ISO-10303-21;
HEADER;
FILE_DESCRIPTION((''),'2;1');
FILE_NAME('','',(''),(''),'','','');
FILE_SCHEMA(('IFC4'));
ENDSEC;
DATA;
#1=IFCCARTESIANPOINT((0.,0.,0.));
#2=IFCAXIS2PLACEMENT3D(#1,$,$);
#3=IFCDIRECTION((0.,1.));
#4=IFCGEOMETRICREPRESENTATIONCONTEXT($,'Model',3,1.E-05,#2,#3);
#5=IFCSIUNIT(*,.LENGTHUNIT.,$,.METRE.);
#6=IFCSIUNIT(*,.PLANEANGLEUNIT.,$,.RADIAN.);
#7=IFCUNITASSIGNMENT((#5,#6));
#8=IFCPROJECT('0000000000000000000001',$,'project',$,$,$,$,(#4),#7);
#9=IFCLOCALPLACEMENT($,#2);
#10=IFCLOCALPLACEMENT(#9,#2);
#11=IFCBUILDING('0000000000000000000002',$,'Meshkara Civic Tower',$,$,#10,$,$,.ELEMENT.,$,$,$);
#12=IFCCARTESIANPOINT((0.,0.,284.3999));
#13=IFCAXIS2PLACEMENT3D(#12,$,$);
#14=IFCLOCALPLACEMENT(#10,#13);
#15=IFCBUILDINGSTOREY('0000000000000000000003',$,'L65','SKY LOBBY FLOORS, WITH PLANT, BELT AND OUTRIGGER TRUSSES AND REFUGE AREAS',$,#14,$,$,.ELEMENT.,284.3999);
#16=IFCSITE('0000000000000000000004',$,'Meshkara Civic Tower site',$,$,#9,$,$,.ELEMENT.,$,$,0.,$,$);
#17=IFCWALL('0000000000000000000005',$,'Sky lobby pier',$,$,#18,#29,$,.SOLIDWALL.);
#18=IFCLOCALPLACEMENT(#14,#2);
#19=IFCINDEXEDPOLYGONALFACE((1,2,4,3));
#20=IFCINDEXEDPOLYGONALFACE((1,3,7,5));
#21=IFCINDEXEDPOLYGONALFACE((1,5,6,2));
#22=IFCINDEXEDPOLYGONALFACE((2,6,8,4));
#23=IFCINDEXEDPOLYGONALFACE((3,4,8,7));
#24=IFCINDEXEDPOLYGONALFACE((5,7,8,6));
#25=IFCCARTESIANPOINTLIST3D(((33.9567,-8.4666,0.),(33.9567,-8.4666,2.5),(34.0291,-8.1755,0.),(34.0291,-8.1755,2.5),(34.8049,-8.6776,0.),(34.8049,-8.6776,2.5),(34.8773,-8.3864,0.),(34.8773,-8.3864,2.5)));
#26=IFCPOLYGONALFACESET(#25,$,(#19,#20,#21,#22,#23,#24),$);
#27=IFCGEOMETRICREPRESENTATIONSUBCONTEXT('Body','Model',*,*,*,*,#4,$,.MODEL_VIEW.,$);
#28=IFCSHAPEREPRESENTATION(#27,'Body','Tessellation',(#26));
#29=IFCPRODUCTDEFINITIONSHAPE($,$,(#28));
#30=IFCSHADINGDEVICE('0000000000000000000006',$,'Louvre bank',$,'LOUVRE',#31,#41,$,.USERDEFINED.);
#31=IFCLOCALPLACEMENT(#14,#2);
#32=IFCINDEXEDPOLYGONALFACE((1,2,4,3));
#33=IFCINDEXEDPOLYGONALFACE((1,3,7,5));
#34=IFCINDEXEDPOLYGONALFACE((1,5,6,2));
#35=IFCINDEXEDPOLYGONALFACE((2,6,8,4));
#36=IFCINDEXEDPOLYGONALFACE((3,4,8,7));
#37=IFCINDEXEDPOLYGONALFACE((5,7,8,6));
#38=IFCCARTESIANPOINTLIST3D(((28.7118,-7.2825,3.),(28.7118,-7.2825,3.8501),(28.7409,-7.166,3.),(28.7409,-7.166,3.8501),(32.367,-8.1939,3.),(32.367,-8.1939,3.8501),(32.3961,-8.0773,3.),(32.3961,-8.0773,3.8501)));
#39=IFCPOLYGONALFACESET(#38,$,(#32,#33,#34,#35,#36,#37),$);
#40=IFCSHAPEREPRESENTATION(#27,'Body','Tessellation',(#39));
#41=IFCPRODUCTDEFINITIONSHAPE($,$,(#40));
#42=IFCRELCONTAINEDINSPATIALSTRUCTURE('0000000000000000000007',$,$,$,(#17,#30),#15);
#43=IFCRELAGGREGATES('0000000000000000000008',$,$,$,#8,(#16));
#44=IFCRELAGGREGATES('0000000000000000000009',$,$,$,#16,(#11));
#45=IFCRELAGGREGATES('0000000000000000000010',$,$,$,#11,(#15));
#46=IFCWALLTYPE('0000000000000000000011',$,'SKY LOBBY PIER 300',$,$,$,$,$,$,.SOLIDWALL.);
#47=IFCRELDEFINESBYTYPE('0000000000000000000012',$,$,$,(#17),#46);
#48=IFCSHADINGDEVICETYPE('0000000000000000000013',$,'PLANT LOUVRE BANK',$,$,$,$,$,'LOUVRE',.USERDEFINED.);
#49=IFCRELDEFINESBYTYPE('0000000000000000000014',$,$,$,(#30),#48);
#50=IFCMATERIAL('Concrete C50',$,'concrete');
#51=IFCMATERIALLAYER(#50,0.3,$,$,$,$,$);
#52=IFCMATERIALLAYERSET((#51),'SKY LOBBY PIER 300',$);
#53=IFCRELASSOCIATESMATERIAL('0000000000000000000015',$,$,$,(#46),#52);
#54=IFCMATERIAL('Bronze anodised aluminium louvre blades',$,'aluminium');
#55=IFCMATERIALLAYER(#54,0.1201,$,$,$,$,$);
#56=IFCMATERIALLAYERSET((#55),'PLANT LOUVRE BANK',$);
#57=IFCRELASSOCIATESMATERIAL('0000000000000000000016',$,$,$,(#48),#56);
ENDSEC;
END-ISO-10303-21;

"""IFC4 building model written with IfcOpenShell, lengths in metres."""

from ifc_helpers import new_model, si_unit, direction, frame, frame_2d, origin, origin_2d, place, context, subcontext, project, spatial, rectangle, extrude, material, layer, layer_set, type_object, element, save


model = new_model("IFC4")

# Units and contexts
model_context = context("Model", 3, precision=1e-05, world=origin(), true_north=direction((0.0, 1.0)))
body_context = subcontext(model_context, "Body", "Model", "MODEL_VIEW")
ifc_project = project(units=[si_unit("LENGTHUNIT", "METRE"), si_unit("PLANEANGLEUNIT", "RADIAN")], contexts=[model_context])

# Site, building, storey
site_placement = place(None, origin())
site = spatial("IfcSite", under=ifc_project, at=site_placement, Name="Meshkara Civic Tower site", CompositionType="ELEMENT", RefElevation=0.0)
building_placement = place(site_placement, origin())
building = spatial("IfcBuilding", under=site, at=building_placement, Name="Meshkara Civic Tower", CompositionType="ELEMENT")
storey_placement = place(building_placement, frame((0.0, 0.0, 284.3999)))
storey = spatial("IfcBuildingStorey", under=building, at=storey_placement, Name="L65", Description="SKY LOBBY FLOORS, WITH PLANT, BELT AND OUTRIGGER TRUSSES AND REFUGE AREAS", CompositionType="ELEMENT", Elevation=284.3999)

# Wall
ifc_material_1 = material(Name="Concrete C50", Category="concrete")
ifc_layer_1 = layer(ifc_material_1, 0.3)
ifc_layer_set_1 = layer_set([ifc_layer_1], Name="SKY LOBBY PIER 300")
wall_type_1 = type_object("IfcWallType", Name="SKY LOBBY PIER 300", PredefinedType="SOLIDWALL", material=ifc_layer_set_1)
wall_1_placement = place(storey_placement, frame((33.9929, -8.321, 0.0), z_axis=(0.0, 0.0, 1.0), x_axis=(0.970438, -0.241352, 0.0)))
element("IfcWall", 1, at=wall_1_placement, inside=storey, type_object=wall_type_1, Name="Sky lobby pier", PredefinedType="SOLIDWALL", context=body_context, shape_type="SweptSolid", body=[
    extrude(rectangle(XDim=0.874, YDim=0.3, at=frame_2d((0.437, 0.0))), origin(), (0.0, 0.0, 1.0), 2.5),
])

# Shading device
ifc_material_2 = material(Name="Bronze anodised aluminium louvre blades", Category="aluminium")
ifc_layer_2 = layer(ifc_material_2, 0.1201)
ifc_layer_set_2 = layer_set([ifc_layer_2], Name="PLANT LOUVRE BANK")
shading_device_type = type_object("IfcShadingDeviceType", Name="PLANT LOUVRE BANK", ElementType="LOUVRE", PredefinedType="USERDEFINED", material=ifc_layer_set_2)
shading_device_placement = place(storey_placement, frame((30.554, -7.6799, 3.0), z_axis=(0.0, 0.0, 1.0), x_axis=(0.970296, -0.241922, 0.0)))
element("IfcShadingDevice", 2, at=shading_device_placement, inside=storey, type_object=shading_device_type, Name="Louvre bank", ObjectType="LOUVRE", PredefinedType="USERDEFINED", context=body_context, shape_type="SweptSolid", body=[
    extrude(rectangle(XDim=3.7671, YDim=0.1201, at=origin_2d()), origin(), (0.0, 0.0, 1.0), 0.8501),
])

save(model, "model.ifc")
